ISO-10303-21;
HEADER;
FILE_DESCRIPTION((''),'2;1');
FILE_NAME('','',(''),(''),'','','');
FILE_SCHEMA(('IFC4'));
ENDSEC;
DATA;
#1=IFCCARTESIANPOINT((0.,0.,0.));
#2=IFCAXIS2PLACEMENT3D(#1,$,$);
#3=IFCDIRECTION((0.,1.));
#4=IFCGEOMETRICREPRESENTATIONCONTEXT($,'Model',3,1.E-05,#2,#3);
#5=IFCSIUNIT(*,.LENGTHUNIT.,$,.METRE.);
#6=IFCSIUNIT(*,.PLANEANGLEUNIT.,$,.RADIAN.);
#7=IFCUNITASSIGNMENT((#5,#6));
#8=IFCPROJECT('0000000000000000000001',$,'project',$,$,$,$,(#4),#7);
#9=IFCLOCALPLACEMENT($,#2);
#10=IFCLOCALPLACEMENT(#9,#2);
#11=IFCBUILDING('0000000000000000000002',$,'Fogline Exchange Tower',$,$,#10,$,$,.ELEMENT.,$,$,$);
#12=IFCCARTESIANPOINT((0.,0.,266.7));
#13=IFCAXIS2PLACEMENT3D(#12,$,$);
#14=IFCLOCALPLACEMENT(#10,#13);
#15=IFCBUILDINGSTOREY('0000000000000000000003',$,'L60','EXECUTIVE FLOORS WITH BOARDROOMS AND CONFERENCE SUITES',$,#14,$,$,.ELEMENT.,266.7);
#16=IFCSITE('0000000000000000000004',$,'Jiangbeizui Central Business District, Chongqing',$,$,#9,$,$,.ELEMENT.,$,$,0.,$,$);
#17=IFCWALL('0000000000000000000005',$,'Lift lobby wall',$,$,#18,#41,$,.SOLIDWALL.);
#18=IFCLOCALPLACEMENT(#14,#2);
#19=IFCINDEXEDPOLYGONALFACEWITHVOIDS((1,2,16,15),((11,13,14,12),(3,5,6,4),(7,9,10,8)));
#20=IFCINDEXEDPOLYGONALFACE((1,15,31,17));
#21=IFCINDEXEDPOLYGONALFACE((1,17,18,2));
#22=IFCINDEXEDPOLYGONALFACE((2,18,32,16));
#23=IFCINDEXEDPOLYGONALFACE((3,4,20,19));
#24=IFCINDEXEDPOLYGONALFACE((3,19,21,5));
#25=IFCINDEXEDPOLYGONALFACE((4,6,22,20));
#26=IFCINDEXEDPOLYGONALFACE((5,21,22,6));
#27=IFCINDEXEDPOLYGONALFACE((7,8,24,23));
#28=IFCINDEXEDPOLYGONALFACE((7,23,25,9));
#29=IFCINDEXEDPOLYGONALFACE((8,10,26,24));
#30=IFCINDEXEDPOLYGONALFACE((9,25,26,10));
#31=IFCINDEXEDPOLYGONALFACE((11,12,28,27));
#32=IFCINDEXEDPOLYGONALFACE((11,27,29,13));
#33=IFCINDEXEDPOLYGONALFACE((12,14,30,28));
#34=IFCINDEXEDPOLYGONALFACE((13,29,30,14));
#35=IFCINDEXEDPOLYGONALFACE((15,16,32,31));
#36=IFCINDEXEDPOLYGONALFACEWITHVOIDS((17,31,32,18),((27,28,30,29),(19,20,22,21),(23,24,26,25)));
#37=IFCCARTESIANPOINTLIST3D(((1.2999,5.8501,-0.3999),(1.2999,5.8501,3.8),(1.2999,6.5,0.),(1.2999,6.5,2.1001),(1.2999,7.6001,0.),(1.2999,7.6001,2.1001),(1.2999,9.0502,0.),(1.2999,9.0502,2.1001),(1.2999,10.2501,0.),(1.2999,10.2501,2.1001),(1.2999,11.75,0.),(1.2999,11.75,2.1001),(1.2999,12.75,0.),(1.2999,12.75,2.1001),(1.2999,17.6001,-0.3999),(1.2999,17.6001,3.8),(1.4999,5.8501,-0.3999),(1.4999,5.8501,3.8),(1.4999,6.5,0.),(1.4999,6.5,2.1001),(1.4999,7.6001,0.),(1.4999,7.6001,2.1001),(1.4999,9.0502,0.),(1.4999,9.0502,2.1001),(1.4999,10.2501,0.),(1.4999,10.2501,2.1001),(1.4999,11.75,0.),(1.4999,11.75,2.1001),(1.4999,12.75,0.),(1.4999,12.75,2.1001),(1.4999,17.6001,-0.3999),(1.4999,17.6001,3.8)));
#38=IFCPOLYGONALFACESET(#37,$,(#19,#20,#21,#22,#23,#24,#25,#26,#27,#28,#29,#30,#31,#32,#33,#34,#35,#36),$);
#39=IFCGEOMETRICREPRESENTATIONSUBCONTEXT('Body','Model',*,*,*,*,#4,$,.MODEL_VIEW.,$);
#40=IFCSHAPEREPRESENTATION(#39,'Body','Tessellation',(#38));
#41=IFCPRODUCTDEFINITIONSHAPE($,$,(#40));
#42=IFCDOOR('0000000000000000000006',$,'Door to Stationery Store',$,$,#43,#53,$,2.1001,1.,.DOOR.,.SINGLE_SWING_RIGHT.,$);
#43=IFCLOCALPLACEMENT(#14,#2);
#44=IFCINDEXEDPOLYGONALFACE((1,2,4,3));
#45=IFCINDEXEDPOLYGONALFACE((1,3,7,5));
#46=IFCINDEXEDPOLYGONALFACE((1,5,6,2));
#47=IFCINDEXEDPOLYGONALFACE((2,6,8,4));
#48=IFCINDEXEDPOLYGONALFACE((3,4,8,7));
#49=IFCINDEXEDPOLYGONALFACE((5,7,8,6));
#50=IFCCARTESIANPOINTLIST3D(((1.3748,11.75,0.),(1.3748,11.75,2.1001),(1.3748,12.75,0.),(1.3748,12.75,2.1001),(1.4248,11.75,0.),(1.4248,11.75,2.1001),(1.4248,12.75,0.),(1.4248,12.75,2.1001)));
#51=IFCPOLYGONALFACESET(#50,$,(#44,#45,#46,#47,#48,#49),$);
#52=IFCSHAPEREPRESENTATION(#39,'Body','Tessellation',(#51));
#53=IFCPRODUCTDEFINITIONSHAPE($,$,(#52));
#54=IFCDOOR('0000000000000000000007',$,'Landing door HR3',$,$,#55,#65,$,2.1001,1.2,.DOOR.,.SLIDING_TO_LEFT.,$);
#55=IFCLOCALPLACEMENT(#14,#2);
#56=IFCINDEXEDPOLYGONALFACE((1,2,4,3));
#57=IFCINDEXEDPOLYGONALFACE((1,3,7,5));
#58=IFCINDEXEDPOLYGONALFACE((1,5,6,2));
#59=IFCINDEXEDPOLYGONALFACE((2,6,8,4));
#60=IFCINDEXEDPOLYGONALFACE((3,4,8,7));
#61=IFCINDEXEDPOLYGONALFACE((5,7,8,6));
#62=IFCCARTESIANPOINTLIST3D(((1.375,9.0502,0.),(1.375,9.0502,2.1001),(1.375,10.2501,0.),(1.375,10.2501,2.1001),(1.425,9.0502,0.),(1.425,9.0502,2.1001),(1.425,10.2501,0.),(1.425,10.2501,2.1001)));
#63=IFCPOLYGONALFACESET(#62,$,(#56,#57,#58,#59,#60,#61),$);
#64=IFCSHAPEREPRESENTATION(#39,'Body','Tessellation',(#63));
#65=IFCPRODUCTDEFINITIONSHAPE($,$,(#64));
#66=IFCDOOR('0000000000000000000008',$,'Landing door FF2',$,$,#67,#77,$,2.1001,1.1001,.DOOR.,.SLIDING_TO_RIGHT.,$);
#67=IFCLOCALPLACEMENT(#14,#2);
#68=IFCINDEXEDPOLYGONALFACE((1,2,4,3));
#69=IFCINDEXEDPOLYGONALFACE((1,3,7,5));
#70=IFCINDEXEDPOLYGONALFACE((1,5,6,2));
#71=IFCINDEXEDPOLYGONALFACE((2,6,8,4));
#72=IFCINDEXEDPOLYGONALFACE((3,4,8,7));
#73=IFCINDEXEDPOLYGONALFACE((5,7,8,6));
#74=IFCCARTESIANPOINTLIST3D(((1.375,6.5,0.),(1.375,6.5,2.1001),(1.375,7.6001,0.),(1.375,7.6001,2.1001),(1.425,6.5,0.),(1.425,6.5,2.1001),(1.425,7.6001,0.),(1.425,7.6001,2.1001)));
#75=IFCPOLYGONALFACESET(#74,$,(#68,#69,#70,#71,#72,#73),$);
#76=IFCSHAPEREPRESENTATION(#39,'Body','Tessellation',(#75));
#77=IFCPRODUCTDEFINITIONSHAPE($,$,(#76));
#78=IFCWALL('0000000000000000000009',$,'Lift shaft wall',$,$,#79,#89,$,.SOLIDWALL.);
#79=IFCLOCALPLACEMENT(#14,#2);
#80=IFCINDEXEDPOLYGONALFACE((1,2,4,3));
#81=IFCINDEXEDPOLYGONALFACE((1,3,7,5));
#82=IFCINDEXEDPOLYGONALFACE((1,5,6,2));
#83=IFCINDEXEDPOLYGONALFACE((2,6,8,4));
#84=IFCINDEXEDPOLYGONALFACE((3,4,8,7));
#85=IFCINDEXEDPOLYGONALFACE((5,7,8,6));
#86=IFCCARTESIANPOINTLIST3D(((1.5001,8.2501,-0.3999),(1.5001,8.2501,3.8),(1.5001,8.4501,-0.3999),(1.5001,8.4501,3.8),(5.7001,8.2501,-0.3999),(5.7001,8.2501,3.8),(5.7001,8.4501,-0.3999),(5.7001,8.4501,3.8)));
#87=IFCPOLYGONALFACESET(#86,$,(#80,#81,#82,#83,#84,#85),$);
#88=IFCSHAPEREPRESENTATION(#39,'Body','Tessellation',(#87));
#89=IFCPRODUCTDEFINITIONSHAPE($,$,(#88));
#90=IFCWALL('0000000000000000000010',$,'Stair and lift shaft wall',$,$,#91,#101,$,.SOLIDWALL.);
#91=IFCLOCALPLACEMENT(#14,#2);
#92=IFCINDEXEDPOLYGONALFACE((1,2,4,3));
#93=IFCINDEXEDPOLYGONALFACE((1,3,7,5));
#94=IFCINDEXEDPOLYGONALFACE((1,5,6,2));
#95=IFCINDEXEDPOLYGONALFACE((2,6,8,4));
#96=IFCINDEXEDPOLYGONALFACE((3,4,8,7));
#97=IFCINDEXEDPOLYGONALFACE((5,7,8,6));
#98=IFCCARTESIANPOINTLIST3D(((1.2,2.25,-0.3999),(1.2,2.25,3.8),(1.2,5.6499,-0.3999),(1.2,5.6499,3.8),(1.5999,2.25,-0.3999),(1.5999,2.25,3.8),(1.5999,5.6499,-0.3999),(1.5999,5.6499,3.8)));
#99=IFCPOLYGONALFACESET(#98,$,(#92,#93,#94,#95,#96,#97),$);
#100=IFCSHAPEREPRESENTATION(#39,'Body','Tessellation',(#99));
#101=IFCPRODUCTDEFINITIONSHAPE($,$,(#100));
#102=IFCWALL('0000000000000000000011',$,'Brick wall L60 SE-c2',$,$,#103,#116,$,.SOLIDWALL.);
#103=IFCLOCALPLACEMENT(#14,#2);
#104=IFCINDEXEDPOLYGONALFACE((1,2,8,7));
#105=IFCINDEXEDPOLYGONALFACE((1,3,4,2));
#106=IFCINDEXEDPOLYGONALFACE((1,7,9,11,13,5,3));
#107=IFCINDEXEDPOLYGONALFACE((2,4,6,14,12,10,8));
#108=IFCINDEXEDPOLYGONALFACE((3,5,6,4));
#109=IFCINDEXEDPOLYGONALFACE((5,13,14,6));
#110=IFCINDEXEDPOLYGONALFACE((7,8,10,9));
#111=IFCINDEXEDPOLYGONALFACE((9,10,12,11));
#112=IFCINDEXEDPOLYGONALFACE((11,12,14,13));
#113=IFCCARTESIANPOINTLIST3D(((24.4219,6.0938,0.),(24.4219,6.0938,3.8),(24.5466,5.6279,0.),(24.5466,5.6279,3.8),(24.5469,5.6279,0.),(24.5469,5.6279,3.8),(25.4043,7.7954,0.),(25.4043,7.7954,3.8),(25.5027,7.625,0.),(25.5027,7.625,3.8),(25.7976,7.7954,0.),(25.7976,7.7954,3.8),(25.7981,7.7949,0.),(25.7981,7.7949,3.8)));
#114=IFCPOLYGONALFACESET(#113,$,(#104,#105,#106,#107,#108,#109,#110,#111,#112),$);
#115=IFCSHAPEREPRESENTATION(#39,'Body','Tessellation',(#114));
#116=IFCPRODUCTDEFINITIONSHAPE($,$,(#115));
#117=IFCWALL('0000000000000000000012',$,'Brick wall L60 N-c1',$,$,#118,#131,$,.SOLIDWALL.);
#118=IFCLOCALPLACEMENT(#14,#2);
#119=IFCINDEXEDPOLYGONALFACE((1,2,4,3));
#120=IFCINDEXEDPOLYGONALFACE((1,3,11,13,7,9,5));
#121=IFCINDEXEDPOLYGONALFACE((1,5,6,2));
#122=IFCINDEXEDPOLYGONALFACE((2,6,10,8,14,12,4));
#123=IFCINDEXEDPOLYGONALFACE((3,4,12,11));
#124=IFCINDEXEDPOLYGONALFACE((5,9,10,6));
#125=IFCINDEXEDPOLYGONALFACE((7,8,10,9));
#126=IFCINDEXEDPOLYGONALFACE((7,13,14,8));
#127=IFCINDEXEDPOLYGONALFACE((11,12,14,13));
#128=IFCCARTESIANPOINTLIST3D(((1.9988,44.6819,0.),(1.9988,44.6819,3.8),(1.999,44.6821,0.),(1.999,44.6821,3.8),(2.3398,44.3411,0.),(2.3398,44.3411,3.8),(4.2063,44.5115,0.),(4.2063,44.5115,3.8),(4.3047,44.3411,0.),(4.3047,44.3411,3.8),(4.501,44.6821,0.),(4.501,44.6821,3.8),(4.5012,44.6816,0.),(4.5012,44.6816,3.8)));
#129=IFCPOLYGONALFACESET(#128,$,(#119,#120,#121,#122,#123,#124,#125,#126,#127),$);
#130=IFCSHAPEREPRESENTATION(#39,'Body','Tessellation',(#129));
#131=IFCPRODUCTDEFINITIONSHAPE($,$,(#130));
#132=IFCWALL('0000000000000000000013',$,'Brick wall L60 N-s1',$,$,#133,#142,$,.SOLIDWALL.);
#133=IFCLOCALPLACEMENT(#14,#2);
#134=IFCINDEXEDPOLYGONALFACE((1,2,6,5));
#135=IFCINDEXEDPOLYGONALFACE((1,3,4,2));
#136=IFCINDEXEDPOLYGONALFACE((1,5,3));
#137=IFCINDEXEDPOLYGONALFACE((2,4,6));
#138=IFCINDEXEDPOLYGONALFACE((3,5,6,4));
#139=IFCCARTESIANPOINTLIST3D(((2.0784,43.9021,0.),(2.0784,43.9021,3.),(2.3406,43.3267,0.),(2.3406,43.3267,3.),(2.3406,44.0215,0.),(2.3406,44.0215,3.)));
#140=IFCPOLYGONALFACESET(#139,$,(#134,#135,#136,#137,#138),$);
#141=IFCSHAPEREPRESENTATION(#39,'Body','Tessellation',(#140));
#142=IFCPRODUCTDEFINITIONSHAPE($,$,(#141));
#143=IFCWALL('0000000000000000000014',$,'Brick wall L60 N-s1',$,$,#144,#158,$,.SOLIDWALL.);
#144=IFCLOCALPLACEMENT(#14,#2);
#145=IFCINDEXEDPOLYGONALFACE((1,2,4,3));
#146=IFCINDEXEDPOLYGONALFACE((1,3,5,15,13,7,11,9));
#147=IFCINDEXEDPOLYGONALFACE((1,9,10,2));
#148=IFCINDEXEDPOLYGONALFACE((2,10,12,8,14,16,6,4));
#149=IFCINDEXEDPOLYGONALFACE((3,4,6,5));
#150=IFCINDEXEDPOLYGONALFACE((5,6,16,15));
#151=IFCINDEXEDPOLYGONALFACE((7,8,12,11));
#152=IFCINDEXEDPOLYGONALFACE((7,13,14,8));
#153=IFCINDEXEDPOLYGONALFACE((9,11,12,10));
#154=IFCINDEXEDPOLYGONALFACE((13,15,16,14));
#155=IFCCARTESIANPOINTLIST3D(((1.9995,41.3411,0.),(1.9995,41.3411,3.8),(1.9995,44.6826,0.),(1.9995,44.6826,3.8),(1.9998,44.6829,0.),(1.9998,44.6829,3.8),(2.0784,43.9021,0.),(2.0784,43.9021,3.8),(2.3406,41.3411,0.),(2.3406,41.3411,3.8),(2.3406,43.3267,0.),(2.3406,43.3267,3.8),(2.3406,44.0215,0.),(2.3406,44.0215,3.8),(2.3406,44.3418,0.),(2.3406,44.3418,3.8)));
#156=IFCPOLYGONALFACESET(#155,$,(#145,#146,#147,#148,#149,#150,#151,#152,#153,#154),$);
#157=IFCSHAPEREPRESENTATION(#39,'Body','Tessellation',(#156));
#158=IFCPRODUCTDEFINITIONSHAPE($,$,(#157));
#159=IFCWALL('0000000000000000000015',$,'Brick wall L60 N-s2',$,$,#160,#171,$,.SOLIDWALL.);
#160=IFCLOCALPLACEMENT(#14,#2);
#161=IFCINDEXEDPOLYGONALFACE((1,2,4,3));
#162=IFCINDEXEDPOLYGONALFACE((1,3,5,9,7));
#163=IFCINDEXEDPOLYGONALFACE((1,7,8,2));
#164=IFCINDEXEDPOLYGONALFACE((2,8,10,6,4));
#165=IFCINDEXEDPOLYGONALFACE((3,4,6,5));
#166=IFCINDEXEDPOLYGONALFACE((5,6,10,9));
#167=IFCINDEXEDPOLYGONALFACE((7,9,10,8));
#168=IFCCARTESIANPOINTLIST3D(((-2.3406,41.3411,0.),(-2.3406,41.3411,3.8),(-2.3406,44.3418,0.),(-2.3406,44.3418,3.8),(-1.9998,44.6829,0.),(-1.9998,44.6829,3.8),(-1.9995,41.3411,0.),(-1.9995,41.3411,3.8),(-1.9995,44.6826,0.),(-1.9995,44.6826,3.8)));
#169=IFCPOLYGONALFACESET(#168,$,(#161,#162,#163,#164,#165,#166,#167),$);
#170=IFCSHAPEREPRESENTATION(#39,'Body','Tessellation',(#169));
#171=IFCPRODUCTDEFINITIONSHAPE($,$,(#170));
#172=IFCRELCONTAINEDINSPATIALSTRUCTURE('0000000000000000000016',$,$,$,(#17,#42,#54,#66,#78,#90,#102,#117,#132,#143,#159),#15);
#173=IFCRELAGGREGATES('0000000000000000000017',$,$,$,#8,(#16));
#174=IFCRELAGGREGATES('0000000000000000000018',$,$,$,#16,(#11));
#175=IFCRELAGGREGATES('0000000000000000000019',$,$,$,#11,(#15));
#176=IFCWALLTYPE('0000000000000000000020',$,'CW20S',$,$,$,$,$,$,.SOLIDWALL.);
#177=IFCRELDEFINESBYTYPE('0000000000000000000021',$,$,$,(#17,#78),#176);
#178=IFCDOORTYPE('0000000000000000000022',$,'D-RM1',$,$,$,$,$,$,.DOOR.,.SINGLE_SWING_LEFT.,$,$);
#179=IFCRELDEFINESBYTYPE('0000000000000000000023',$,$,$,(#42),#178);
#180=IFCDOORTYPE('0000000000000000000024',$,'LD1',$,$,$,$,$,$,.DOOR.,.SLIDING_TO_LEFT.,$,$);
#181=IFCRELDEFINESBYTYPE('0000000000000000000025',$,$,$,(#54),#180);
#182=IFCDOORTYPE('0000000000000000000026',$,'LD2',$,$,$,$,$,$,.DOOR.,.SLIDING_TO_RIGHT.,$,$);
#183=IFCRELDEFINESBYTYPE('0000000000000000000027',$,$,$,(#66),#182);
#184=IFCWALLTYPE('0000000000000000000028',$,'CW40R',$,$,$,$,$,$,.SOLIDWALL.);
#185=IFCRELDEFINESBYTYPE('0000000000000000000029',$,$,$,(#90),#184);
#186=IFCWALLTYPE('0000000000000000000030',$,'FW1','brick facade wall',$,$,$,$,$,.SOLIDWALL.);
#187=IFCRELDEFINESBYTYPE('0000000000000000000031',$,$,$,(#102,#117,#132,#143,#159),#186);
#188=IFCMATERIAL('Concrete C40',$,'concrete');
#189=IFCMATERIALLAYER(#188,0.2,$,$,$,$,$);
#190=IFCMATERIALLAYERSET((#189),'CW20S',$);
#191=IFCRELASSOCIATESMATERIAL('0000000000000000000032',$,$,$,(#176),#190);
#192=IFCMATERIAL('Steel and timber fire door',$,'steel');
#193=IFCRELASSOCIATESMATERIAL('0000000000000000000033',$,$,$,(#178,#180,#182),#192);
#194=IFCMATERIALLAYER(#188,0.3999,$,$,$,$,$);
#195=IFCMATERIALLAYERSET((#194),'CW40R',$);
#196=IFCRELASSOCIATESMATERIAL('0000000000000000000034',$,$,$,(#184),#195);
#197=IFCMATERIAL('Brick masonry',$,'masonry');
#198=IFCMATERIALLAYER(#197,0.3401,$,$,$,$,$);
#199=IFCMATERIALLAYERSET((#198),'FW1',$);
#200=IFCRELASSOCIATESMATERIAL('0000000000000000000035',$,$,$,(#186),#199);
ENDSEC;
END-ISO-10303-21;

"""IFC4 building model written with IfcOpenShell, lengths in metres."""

from ifc_helpers import new_model, si_unit, direction, frame, frame_2d, origin, place, context, subcontext, project, spatial, polyline, rectangle, outline, extrude, material, layer, layer_set, type_object, element, fill, save


model = new_model("IFC4")

# Units and contexts
model_context = context("Model", 3, precision=1e-05, world=origin(), true_north=direction((0.0, 1.0)))
body_context = subcontext(model_context, "Body", "Model", "MODEL_VIEW")
ifc_project = project(units=[si_unit("LENGTHUNIT", "METRE"), si_unit("PLANEANGLEUNIT", "RADIAN")], contexts=[model_context])

# Site, building, storey
site_placement = place(None, origin())
site = spatial("IfcSite", under=ifc_project, at=site_placement, Name="Jiangbeizui Central Business District, Chongqing", CompositionType="ELEMENT", RefElevation=0.0)
building_placement = place(site_placement, origin())
building = spatial("IfcBuilding", under=site, at=building_placement, Name="Fogline Exchange Tower", CompositionType="ELEMENT")
storey_placement = place(building_placement, frame((0.0, 0.0, 266.7)))
storey = spatial("IfcBuildingStorey", under=building, at=storey_placement, Name="L60", Description="EXECUTIVE FLOORS WITH BOARDROOMS AND CONFERENCE SUITES", CompositionType="ELEMENT", Elevation=266.7)

# Shared definitions
ifc_material_1 = material(Name="Concrete C40", Category="concrete")

# Shared definitions
ifc_layer_1 = layer(ifc_material_1, 0.2)
ifc_layer_set_1 = layer_set([ifc_layer_1], Name="CW20S")
wall_type_1 = type_object("IfcWallType", Name="CW20S", PredefinedType="SOLIDWALL", material=ifc_layer_set_1)

# Wall, openings, doors
wall_1_placement = place(storey_placement, frame((1.3999, 5.8501, -0.3999), z_axis=(0.0, 0.0, 1.0), x_axis=(0.0, 1.0, 0.0)))
wall_1 = element("IfcWall", 1, at=wall_1_placement, inside=storey, type_object=wall_type_1, Name="Lift lobby wall", PredefinedType="SOLIDWALL", context=body_context, shape_type="SweptSolid", body=[
    extrude(rectangle(XDim=11.75, YDim=0.2, at=frame_2d((5.875, 0.0))), origin(), (0.0, 0.0, 1.0), 4.2),
])
opening_1_placement = place(wall_1_placement, frame((3.2, 0.0, 0.3999)))
opening_1 = element("IfcOpeningElement", 2, at=opening_1_placement, cuts=wall_1, PredefinedType="OPENING", context=body_context, shape_type="SweptSolid", body=[
    extrude(rectangle(XDim=1.2, YDim=2.1001, at=frame_2d((0.6001, 1.05))), frame((0.0, 0.1099, 0.0), z_axis=(0.0, -1.0, 0.0), x_axis=(1.0, 0.0, 0.0)), (0.0, 0.0, 1.0), 0.22),
])
opening_2_placement = place(wall_1_placement, frame((0.6499, 0.0, 0.3999)))
opening_2 = element("IfcOpeningElement", 3, at=opening_2_placement, cuts=wall_1, PredefinedType="OPENING", context=body_context, shape_type="SweptSolid", body=[
    extrude(rectangle(XDim=1.1001, YDim=2.1001, at=frame_2d((0.55, 1.05))), frame((0.0, 0.1099, 0.0), z_axis=(0.0, -1.0, 0.0), x_axis=(1.0, 0.0, 0.0)), (0.0, 0.0, 1.0), 0.22),
])
opening_3_placement = place(wall_1_placement, frame((5.8999, 0.0, 0.3999)))
opening_3 = element("IfcOpeningElement", 4, at=opening_3_placement, cuts=wall_1, PredefinedType="OPENING", context=body_context, shape_type="SweptSolid", body=[
    extrude(rectangle(XDim=1.0, YDim=2.1001, at=frame_2d((0.5, 1.05))), frame((0.0, 0.1099, 0.0), z_axis=(0.0, -1.0, 0.0), x_axis=(1.0, 0.0, 0.0)), (0.0, 0.0, 1.0), 0.22),
])
ifc_material_2 = material(Name="Steel and timber fire door", Category="steel")
door_type_1 = type_object("IfcDoorType", Name="D-RM1", OperationType="SINGLE_SWING_LEFT", PredefinedType="DOOR", material=ifc_material_2)
door_1_placement = place(opening_3_placement, frame((1.0, 0.0, 0.0), z_axis=(0.0, 0.0, 1.0), x_axis=(-1.0, 0.0, 0.0)))
door_1 = element("IfcDoor", 5, at=door_1_placement, inside=storey, type_object=door_type_1, Name="Door to Stationery Store", OperationType="SINGLE_SWING_RIGHT", OverallHeight=2.1001, OverallWidth=1.0, PredefinedType="DOOR", context=body_context, shape_type="SweptSolid", body=[
    extrude(rectangle(XDim=1.0, YDim=2.1001, at=frame_2d((0.5, 1.05))), frame((0.0, 0.0249, 0.0), z_axis=(0.0, -1.0, 0.0), x_axis=(1.0, 0.0, 0.0)), (0.0, 0.0, 1.0), 0.05),
])
fill(opening_3, door_1)
door_type_2 = type_object("IfcDoorType", Name="LD1", OperationType="SLIDING_TO_LEFT", PredefinedType="DOOR", material=ifc_material_2)
door_2_placement = place(opening_1_placement, origin())
door_2 = element("IfcDoor", 6, at=door_2_placement, inside=storey, type_object=door_type_2, Name="Landing door HR3", OperationType="SLIDING_TO_LEFT", OverallHeight=2.1001, OverallWidth=1.2, PredefinedType="DOOR", context=body_context, shape_type="SweptSolid", body=[
    extrude(rectangle(XDim=1.2, YDim=2.1001, at=frame_2d((0.6001, 1.05))), frame((0.0, 0.0249, 0.0), z_axis=(0.0, -1.0, 0.0), x_axis=(1.0, 0.0, 0.0)), (0.0, 0.0, 1.0), 0.05),
])
fill(opening_1, door_2)
door_type_3 = type_object("IfcDoorType", Name="LD2", OperationType="SLIDING_TO_RIGHT", PredefinedType="DOOR", material=ifc_material_2)
door_3_placement = place(opening_2_placement, origin())
door_3 = element("IfcDoor", 7, at=door_3_placement, inside=storey, type_object=door_type_3, Name="Landing door FF2", OperationType="SLIDING_TO_RIGHT", OverallHeight=2.1001, OverallWidth=1.1001, PredefinedType="DOOR", context=body_context, shape_type="SweptSolid", body=[
    extrude(rectangle(XDim=1.1001, YDim=2.1001, at=frame_2d((0.55, 1.05))), frame((0.0, 0.0249, 0.0), z_axis=(0.0, -1.0, 0.0), x_axis=(1.0, 0.0, 0.0)), (0.0, 0.0, 1.0), 0.05),
])
fill(opening_2, door_3)

# Walls
wall_2_placement = place(storey_placement, frame((1.5, 8.3501, -0.3999), z_axis=(0.0, 0.0, 1.0), x_axis=(1.0, 0.0, 0.0)))
element("IfcWall", 8, at=wall_2_placement, inside=storey, type_object=wall_type_1, Name="Lift shaft wall", PredefinedType="SOLIDWALL", context=body_context, shape_type="SweptSolid", body=[
    extrude(rectangle(XDim=4.2, YDim=0.2, at=frame_2d((2.1001, 0.0))), origin(), (0.0, 0.0, 1.0), 4.2),
])
ifc_layer_2 = layer(ifc_material_1, 0.3999)
ifc_layer_set_2 = layer_set([ifc_layer_2], Name="CW40R")
wall_type_2 = type_object("IfcWallType", Name="CW40R", PredefinedType="SOLIDWALL", material=ifc_layer_set_2)
wall_3_placement = place(storey_placement, frame((1.3999, 2.25, -0.3999), z_axis=(0.0, 0.0, 1.0), x_axis=(0.0, 1.0, 0.0)))
element("IfcWall", 9, at=wall_3_placement, inside=storey, type_object=wall_type_2, Name="Stair and lift shaft wall", PredefinedType="SOLIDWALL", context=body_context, shape_type="SweptSolid", body=[
    extrude(rectangle(XDim=3.3999, YDim=0.3999, at=frame_2d((1.7, 0.0))), origin(), (0.0, 0.0, 1.0), 4.2),
])
ifc_material_3 = material(Name="Brick masonry", Category="masonry")
ifc_layer_3 = layer(ifc_material_3, 0.3401)
ifc_layer_set_3 = layer_set([ifc_layer_3], Name="FW1")
wall_type_3 = type_object("IfcWallType", Name="FW1", Description="brick facade wall", PredefinedType="SOLIDWALL", material=ifc_layer_set_3)
wall_4_placement = place(storey_placement, origin())
element("IfcWall", 10, at=wall_4_placement, inside=storey, type_object=wall_type_3, Name="Brick wall L60 SE-c2", PredefinedType="SOLIDWALL", context=body_context, shape_type="SweptSolid", body=[
    extrude(outline(polyline([(25.4043, 7.7954), (25.5027, 7.625), (25.7976, 7.7954), (25.7981, 7.7949), (24.5469, 5.6279), (24.5466, 5.6279), (24.4219, 6.0938), (25.4043, 7.7954)])), origin(), (0.0, 0.0, 1.0), 3.8),
])
wall_5_placement = place(storey_placement, origin())
element("IfcWall", 11, at=wall_5_placement, inside=storey, type_object=wall_type_3, Name="Brick wall L60 N-c1", PredefinedType="SOLIDWALL", context=body_context, shape_type="SweptSolid", body=[
    extrude(outline(polyline([(1.999, 44.6821), (4.501, 44.6821), (4.5012, 44.6816), (4.2063, 44.5115), (4.3047, 44.3411), (2.3398, 44.3411), (1.9988, 44.6819), (1.999, 44.6821)])), origin(), (0.0, 0.0, 1.0), 3.8),
])
wall_6_placement = place(storey_placement, origin())
element("IfcWall", 12, at=wall_6_placement, inside=storey, type_object=wall_type_3, Name="Brick wall L60 N-s1", PredefinedType="SOLIDWALL", context=body_context, shape_type="SweptSolid", body=[
    extrude(outline(polyline([(2.3406, 43.3267), (2.0784, 43.9021), (2.3406, 44.0215), (2.3406, 43.3267)])), origin(), (0.0, 0.0, 1.0), 3.0),
])
wall_7_placement = place(storey_placement, origin())
element("IfcWall", 13, at=wall_7_placement, inside=storey, type_object=wall_type_3, Name="Brick wall L60 N-s1", PredefinedType="SOLIDWALL", context=body_context, shape_type="SweptSolid", body=[
    extrude(outline(polyline([(1.9995, 41.3411), (1.9995, 44.6826), (1.9998, 44.6829), (2.3406, 44.3418), (2.3406, 44.0215), (2.0784, 43.9021), (2.3406, 43.3267), (2.3406, 41.3411), (1.9995, 41.3411)])), origin(), (0.0, 0.0, 1.0), 3.8),
])
wall_8_placement = place(storey_placement, origin())
element("IfcWall", 14, at=wall_8_placement, inside=storey, type_object=wall_type_3, Name="Brick wall L60 N-s2", PredefinedType="SOLIDWALL", context=body_context, shape_type="SweptSolid", body=[
    extrude(outline(polyline([(-1.9995, 44.6826), (-1.9995, 41.3411), (-2.3406, 41.3411), (-2.3406, 44.3418), (-1.9998, 44.6829), (-1.9995, 44.6826)])), origin(), (0.0, 0.0, 1.0), 3.8),
])

save(model, "model.ifc")
